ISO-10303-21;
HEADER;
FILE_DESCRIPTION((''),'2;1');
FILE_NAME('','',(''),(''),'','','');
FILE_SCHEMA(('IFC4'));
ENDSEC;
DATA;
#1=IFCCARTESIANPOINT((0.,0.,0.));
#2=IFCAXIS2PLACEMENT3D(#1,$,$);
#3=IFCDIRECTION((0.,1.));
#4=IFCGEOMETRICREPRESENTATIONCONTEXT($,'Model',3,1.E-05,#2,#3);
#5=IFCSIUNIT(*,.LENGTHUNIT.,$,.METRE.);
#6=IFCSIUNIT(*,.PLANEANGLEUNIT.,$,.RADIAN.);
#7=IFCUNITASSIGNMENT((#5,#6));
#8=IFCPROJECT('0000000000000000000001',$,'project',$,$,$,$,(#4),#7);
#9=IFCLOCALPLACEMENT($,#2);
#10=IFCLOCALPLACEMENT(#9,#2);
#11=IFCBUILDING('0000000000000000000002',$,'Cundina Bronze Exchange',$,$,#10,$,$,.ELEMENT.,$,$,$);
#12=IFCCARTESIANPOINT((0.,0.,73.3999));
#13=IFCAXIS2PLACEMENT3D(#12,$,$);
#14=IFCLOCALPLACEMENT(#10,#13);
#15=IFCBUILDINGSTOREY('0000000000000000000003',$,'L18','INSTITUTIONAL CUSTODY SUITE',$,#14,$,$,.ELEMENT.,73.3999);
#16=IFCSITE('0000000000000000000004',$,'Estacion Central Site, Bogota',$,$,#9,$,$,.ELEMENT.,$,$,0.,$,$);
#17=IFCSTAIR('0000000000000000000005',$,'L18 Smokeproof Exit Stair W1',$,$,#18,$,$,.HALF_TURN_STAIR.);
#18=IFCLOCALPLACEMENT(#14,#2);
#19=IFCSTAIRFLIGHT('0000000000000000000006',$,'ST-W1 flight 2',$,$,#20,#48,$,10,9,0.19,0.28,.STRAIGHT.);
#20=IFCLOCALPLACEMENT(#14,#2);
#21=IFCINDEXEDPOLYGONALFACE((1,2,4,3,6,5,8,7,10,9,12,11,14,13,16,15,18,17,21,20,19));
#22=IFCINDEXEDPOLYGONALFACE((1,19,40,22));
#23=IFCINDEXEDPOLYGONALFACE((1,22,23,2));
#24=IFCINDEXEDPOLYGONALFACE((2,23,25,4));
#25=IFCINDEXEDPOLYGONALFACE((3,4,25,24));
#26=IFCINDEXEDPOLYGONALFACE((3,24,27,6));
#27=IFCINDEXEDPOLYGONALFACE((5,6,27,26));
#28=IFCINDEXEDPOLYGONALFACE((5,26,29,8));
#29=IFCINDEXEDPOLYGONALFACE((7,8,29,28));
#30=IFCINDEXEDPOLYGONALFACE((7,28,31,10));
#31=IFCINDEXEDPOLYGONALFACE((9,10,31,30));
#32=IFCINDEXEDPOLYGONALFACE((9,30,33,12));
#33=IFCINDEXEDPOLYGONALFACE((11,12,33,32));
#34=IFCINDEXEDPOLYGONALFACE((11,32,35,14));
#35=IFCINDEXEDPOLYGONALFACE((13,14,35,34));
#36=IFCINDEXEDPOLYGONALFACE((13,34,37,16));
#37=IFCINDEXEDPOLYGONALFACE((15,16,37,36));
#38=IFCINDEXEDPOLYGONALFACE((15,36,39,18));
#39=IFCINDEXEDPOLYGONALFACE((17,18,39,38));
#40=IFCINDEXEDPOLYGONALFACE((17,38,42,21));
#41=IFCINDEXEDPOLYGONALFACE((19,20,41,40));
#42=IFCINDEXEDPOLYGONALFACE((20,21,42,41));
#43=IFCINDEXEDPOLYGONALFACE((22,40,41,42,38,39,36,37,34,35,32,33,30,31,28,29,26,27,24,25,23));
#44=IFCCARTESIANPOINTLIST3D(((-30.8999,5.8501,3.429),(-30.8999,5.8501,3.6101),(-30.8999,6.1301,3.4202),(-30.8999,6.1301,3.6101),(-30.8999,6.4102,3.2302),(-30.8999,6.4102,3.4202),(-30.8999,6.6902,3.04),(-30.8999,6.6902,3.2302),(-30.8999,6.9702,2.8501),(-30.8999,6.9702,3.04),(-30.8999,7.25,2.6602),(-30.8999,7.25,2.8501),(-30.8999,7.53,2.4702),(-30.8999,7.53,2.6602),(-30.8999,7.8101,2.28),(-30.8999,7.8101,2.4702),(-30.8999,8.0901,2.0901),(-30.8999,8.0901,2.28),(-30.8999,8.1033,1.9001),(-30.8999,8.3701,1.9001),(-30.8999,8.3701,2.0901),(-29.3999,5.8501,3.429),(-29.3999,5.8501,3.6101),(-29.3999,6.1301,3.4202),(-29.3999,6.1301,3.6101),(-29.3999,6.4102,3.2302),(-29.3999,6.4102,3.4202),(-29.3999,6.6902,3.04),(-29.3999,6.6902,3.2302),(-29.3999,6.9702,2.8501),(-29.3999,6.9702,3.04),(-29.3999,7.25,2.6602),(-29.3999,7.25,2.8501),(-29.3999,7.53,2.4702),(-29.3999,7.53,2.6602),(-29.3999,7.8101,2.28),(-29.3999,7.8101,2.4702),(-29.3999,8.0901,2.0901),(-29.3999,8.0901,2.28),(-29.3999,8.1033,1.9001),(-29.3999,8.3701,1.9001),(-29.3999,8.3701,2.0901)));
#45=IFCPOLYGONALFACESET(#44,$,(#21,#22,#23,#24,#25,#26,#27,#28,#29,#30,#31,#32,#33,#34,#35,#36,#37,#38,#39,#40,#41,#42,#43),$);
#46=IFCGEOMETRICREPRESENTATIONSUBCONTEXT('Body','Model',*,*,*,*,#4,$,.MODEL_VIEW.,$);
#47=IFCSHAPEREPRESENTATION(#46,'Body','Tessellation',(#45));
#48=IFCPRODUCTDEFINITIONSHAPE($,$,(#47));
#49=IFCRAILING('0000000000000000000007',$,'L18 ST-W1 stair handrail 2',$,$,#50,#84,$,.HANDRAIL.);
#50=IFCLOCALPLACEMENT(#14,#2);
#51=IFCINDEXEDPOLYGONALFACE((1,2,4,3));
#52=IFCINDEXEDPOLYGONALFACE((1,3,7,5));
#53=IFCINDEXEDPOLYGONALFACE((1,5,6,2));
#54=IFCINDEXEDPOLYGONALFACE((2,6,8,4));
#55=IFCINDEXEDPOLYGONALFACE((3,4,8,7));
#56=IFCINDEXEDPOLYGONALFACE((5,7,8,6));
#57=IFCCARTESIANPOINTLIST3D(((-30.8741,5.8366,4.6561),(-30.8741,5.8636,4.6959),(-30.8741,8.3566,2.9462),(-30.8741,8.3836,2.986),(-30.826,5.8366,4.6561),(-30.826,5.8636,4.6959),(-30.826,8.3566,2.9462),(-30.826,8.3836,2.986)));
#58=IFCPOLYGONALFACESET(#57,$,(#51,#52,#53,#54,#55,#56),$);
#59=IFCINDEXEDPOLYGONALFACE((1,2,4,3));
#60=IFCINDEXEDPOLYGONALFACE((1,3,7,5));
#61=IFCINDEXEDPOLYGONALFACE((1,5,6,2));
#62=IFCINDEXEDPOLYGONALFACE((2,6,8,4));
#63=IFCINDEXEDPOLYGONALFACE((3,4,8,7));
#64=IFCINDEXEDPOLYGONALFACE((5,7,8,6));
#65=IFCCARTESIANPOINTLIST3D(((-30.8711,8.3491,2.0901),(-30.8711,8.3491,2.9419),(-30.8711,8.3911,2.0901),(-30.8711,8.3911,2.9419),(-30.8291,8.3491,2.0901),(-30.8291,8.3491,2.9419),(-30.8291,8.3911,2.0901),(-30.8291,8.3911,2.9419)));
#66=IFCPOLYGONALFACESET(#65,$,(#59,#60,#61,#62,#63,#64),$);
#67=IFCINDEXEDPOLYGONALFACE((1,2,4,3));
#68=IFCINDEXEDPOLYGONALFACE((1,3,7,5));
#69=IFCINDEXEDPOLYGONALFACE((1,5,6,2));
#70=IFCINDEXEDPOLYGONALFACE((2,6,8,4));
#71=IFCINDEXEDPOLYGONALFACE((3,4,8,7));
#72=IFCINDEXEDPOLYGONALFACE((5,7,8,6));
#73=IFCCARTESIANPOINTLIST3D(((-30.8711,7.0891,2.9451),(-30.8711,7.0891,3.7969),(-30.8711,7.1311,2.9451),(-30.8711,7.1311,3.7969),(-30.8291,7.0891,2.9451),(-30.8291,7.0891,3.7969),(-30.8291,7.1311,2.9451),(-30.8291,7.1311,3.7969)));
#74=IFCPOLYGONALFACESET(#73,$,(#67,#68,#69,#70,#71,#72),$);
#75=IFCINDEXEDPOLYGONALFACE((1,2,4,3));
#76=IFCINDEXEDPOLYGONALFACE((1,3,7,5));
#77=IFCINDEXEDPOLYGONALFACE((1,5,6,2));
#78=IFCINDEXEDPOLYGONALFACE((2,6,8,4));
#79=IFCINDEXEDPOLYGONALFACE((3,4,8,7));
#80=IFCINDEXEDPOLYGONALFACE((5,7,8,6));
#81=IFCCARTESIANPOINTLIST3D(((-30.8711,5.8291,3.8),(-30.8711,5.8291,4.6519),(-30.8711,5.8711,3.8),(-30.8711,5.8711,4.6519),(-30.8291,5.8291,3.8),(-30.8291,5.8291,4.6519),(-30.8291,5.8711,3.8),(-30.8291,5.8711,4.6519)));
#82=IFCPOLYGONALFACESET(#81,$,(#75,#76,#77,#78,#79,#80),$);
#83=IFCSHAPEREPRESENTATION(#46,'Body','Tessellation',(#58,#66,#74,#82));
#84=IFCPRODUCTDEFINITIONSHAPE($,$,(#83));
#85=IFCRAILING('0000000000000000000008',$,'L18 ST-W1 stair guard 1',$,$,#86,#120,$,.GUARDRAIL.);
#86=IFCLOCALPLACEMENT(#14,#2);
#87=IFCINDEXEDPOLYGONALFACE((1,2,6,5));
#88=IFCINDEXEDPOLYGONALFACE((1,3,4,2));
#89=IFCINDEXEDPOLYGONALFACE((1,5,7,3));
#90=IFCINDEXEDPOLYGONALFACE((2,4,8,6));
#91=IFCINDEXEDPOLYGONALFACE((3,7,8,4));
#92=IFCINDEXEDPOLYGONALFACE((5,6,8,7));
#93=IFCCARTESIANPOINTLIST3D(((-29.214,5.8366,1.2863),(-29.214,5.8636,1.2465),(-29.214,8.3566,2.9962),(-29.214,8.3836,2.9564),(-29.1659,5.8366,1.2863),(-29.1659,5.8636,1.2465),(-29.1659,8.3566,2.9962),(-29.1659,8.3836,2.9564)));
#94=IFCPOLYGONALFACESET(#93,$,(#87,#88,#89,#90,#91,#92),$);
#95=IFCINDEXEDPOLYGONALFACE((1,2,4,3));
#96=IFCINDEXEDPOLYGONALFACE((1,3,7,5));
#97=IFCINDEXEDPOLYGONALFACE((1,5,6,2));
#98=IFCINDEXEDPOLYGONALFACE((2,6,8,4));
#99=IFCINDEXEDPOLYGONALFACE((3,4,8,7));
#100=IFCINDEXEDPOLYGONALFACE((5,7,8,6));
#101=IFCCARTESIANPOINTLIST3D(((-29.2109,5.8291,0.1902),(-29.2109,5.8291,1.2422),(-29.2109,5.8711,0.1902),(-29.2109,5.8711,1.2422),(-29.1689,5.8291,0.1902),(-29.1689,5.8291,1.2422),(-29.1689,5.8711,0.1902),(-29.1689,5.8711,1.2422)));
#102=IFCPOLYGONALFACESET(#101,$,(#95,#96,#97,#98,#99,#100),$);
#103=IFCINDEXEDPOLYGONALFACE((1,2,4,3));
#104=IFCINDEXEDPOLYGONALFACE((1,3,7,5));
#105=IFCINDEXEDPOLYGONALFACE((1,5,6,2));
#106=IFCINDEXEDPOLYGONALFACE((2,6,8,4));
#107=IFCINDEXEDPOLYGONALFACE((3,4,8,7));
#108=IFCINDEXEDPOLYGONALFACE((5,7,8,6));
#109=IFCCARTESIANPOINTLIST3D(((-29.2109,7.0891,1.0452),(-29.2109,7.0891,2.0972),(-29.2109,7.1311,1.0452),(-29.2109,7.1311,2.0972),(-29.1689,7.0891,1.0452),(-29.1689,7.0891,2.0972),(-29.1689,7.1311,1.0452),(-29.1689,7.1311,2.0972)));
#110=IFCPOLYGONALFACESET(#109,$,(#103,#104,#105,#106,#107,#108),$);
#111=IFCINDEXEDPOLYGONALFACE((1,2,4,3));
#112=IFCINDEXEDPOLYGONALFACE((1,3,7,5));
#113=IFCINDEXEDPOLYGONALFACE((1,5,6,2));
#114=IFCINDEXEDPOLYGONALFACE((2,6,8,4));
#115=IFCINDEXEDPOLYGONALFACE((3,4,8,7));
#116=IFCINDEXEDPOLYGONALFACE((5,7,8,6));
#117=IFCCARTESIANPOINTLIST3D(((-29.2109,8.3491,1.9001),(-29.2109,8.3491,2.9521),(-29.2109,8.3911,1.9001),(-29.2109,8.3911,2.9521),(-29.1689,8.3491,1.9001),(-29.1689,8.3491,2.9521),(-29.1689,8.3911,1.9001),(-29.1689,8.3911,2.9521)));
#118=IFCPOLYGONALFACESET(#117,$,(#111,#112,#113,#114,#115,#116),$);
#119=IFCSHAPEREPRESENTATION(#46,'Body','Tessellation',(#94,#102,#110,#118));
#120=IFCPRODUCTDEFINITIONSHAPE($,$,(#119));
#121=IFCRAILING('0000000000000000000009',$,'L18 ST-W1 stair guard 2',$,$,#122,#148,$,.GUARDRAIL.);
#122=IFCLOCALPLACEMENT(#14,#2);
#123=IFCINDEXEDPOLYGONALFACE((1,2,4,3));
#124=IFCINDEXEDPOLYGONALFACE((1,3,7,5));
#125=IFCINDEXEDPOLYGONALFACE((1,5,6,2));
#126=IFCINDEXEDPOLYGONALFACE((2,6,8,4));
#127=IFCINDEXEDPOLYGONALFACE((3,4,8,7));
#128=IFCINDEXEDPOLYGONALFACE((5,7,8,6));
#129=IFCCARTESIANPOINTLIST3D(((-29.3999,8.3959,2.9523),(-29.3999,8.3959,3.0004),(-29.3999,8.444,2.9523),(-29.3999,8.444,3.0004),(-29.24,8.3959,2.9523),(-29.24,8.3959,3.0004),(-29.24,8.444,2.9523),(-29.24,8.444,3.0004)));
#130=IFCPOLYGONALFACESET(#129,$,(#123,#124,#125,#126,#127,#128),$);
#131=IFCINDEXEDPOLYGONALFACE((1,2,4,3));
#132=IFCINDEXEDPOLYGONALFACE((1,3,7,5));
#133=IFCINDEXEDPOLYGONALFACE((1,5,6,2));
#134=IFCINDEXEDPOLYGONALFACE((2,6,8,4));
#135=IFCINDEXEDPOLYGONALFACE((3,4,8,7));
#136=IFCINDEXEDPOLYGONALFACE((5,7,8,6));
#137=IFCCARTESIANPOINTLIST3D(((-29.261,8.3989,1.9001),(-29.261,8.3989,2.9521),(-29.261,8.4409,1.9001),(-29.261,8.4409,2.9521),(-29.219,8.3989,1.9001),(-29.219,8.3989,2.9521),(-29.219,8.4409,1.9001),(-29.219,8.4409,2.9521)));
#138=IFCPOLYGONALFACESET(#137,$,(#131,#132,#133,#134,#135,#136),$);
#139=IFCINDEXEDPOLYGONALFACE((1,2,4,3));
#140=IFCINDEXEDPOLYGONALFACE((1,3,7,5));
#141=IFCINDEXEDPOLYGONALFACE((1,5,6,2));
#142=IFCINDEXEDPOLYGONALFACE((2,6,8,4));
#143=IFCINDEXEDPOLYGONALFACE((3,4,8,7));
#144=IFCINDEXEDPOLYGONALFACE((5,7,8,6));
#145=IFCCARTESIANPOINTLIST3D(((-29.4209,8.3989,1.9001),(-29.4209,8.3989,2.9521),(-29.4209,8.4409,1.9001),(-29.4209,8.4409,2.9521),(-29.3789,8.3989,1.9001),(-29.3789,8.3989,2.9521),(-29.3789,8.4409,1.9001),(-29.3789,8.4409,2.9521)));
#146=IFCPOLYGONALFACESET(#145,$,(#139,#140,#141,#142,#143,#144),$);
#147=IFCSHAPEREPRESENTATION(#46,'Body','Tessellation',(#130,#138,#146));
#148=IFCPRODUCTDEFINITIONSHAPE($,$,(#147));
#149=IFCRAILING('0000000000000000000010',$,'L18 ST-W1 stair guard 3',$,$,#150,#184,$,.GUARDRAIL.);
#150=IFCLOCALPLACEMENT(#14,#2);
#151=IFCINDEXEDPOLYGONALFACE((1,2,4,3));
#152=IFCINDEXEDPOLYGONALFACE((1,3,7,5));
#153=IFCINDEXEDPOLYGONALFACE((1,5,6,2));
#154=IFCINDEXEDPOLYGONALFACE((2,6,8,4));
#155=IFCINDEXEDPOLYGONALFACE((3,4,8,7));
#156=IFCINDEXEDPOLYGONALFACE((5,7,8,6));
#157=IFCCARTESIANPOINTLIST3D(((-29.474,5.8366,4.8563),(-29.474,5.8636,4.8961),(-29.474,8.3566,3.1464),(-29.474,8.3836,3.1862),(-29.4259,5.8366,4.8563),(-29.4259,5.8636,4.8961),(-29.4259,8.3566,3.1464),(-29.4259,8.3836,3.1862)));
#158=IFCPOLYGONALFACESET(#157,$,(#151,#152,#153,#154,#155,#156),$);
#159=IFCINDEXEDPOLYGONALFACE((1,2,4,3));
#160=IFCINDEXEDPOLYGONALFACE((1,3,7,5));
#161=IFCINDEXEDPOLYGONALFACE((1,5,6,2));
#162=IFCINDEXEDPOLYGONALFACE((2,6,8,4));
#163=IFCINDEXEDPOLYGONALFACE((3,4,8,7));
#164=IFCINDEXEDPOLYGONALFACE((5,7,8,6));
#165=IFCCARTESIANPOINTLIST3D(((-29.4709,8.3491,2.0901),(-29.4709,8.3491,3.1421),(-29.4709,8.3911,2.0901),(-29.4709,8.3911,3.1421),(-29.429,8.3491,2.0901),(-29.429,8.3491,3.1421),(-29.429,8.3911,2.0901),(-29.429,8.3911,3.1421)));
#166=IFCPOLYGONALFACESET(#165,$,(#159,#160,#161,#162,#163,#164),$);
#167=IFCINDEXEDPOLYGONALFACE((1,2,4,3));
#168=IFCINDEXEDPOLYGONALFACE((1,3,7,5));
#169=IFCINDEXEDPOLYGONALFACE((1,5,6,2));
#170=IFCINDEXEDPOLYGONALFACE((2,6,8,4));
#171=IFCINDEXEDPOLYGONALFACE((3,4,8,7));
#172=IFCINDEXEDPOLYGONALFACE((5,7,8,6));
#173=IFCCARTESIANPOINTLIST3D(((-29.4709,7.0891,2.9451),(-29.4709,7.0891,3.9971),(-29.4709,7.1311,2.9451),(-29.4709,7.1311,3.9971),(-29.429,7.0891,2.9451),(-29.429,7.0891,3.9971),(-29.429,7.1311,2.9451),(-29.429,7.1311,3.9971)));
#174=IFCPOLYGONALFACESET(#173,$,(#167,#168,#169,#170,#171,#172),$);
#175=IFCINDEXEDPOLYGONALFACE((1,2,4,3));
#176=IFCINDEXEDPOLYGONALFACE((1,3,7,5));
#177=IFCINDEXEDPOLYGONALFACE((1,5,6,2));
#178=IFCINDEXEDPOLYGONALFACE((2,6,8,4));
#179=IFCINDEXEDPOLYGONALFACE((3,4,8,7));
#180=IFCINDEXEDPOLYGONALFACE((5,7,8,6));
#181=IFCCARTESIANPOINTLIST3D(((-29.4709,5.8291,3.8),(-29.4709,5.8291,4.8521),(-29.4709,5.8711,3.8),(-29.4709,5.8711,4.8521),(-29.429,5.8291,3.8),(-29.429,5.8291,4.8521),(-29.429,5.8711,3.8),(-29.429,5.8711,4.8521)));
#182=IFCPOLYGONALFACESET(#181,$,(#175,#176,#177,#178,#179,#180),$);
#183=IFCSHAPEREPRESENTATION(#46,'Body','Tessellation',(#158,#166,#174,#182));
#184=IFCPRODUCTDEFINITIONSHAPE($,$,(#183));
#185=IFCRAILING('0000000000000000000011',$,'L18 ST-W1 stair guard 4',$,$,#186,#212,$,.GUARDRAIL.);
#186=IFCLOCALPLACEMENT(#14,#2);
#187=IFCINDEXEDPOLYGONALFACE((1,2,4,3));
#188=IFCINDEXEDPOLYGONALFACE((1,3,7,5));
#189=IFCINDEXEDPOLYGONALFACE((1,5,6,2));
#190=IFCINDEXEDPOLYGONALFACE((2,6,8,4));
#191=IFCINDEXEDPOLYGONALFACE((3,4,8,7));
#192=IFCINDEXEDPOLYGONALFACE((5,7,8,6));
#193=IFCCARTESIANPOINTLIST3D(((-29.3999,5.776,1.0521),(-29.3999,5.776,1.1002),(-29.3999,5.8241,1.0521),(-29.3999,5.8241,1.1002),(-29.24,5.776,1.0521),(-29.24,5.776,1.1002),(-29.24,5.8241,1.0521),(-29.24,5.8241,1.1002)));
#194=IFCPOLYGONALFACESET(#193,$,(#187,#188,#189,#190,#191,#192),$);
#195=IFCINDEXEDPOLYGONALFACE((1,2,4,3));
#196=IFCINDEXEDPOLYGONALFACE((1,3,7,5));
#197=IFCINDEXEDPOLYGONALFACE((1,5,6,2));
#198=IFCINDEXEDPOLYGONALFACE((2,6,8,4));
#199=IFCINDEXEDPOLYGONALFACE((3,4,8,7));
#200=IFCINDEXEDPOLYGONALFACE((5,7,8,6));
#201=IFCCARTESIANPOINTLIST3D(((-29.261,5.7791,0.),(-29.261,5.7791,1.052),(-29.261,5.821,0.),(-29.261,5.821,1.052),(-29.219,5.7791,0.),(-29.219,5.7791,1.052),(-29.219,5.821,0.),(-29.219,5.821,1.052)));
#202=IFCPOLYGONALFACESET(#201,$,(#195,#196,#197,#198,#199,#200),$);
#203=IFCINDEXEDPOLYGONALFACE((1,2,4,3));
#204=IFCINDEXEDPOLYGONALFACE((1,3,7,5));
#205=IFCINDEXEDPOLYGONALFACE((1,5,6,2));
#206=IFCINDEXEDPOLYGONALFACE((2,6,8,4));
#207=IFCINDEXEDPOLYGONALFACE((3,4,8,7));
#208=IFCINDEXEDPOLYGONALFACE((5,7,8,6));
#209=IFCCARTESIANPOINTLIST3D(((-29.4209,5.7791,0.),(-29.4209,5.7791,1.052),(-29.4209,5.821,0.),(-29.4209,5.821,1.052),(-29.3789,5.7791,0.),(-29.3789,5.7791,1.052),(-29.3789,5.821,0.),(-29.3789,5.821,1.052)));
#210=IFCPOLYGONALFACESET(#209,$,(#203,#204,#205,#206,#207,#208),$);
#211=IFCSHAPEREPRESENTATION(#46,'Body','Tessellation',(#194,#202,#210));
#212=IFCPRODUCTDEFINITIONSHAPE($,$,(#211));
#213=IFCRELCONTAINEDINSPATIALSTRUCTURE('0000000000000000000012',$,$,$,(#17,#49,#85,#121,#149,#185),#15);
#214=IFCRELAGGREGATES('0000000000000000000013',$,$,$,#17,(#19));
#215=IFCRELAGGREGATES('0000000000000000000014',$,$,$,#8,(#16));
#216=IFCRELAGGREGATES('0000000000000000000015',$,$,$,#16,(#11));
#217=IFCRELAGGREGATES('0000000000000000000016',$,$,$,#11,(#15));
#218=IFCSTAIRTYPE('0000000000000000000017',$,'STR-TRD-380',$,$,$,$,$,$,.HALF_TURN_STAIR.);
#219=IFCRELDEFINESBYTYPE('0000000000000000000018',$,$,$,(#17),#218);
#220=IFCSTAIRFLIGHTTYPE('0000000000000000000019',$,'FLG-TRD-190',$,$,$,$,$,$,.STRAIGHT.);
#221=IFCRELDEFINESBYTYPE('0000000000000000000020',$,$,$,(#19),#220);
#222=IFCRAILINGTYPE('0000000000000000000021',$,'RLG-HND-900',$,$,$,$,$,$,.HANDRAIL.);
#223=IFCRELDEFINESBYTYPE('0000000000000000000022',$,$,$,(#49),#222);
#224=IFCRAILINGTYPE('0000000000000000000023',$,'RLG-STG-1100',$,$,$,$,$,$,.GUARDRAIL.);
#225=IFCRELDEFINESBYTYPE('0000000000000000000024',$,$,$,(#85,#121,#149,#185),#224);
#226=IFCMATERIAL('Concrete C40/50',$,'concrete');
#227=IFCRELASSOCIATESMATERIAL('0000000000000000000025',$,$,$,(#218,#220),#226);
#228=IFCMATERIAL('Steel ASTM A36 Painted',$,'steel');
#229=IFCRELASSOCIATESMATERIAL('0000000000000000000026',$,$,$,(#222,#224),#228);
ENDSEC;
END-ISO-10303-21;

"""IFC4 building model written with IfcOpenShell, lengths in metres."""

from ifc_helpers import new_model, si_unit, direction, frame, origin, origin_2d, place, context, subcontext, project, spatial, polyline, rectangle, outline, extrude, material, type_object, element, aggregate, save


model = new_model("IFC4")

# Units and contexts
model_context = context("Model", 3, precision=1e-05, world=origin(), true_north=direction((0.0, 1.0)))
body_context = subcontext(model_context, "Body", "Model", "MODEL_VIEW")
ifc_project = project(units=[si_unit("LENGTHUNIT", "METRE"), si_unit("PLANEANGLEUNIT", "RADIAN")], contexts=[model_context])

# Site, building, storey
site_placement = place(None, origin())
site = spatial("IfcSite", under=ifc_project, at=site_placement, Name="Estacion Central Site, Bogota", CompositionType="ELEMENT", RefElevation=0.0)
building_placement = place(site_placement, origin())
building = spatial("IfcBuilding", under=site, at=building_placement, Name="Cundina Bronze Exchange", CompositionType="ELEMENT")
storey_placement = place(building_placement, frame((0.0, 0.0, 73.3999)))
storey = spatial("IfcBuildingStorey", under=building, at=storey_placement, Name="L18", Description="INSTITUTIONAL CUSTODY SUITE", CompositionType="ELEMENT", Elevation=73.3999)

# Shared definitions
ifc_material_1 = material(Name="Steel ASTM A36 Painted", Category="steel")

# Stair, stair flight
ifc_material_2 = material(Name="Concrete C40/50", Category="concrete")
stair_type = type_object("IfcStairType", Name="STR-TRD-380", PredefinedType="HALF_TURN_STAIR", material=ifc_material_2)
stair_placement = place(storey_placement, origin())
stair = element("IfcStair", 1, at=stair_placement, inside=storey, type_object=stair_type, Name="L18 Smokeproof Exit Stair W1", PredefinedType="HALF_TURN_STAIR")
stair_flight_type = type_object("IfcStairFlightType", Name="FLG-TRD-190", PredefinedType="STRAIGHT", material=ifc_material_2)
stair_flight_1_placement = place(storey_placement, frame((-30.1499, 8.3701, 1.9001), z_axis=(0.0, 0.0, 1.0), x_axis=(0.0, -1.0, 0.0)))
stair_flight_1 = element("IfcStairFlight", 2, at=stair_flight_1_placement, type_object=stair_flight_type, Name="ST-W1 flight 2", NumberOfRisers=10, NumberOfTreads=9, PredefinedType="STRAIGHT", RiserHeight=0.19, TreadLength=0.28, context=body_context, shape_type="SweptSolid", body=[
    extrude(outline(polyline([(0.0, 0.0), (0.0, 0.1899), (0.28, 0.1899), (0.28, 0.3799), (0.5601, 0.3799), (0.5601, 0.5701), (0.8401, 0.5701), (0.8401, 0.76), (1.1201, 0.76), (1.1201, 0.95), (1.3999, 0.95), (1.3999, 1.1399), (1.6799, 1.1399), (1.6799, 1.3301), (1.96, 1.3301), (1.96, 1.52), (2.24, 1.52), (2.24, 1.71), (2.52, 1.71), (2.52, 1.8999), (2.52, 1.5288), (0.2668, 0.0), (0.0, 0.0)])), frame((0.0, 0.75, 0.0), z_axis=(0.0, -1.0, 0.0), x_axis=(1.0, 0.0, 0.0)), (0.0, 0.0, 1.0), 1.5),
])
aggregate(stair, [stair_flight_1])

# Railings
railing_type_1 = type_object("IfcRailingType", Name="RLG-HND-900", PredefinedType="HANDRAIL", material=ifc_material_1)
railing_1_placement = place(storey_placement, frame((-30.8501, 8.3701, 2.0901)))
element("IfcRailing", 3, at=railing_1_placement, inside=storey, type_object=railing_type_1, Name="L18 ST-W1 stair handrail 2", PredefinedType="HANDRAIL", context=body_context, shape_type="SweptSolid", body=[
    extrude(rectangle(XDim=0.0481, YDim=0.0481, at=origin_2d()), frame((0.0, 0.0, 0.876), z_axis=(0.0, -0.827484, 0.56149), x_axis=(1.0, 0.0, 0.0)), (0.0, 0.0, 1.0), 3.0454),
    extrude(rectangle(XDim=0.042, YDim=0.042, at=origin_2d()), origin(), (0.0, 0.0, 1.0), 0.8518),
    extrude(rectangle(XDim=0.042, YDim=0.042, at=origin_2d()), frame((0.0, -1.26, 0.855)), (0.0, 0.0, 1.0), 0.8518),
    extrude(rectangle(XDim=0.042, YDim=0.042, at=origin_2d()), frame((0.0, -2.52, 1.71)), (0.0, 0.0, 1.0), 0.8518),
])
railing_type_2 = type_object("IfcRailingType", Name="RLG-STG-1100", PredefinedType="GUARDRAIL", material=ifc_material_1)
railing_2_placement = place(storey_placement, frame((-29.1899, 5.8501, 0.1902)))
element("IfcRailing", 4, at=railing_2_placement, inside=storey, type_object=railing_type_2, Name="L18 ST-W1 stair guard 1", PredefinedType="GUARDRAIL", context=body_context, shape_type="SweptSolid", body=[
    extrude(rectangle(XDim=0.0481, YDim=0.0481, at=origin_2d()), frame((0.0, 0.0, 1.0762), z_axis=(0.0, 0.827484, 0.56149), x_axis=(-1.0, 0.0, 0.0)), (0.0, 0.0, 1.0), 3.0454),
    extrude(rectangle(XDim=0.042, YDim=0.042, at=origin_2d()), origin(), (0.0, 0.0, 1.0), 1.052),
    extrude(rectangle(XDim=0.042, YDim=0.042, at=origin_2d()), frame((0.0, 1.26, 0.855)), (0.0, 0.0, 1.0), 1.052),
    extrude(rectangle(XDim=0.042, YDim=0.042, at=origin_2d()), frame((0.0, 2.52, 1.71)), (0.0, 0.0, 1.0), 1.052),
])
railing_3_placement = place(storey_placement, frame((-29.24, 8.4199, 1.9001)))
element("IfcRailing", 5, at=railing_3_placement, inside=storey, type_object=railing_type_2, Name="L18 ST-W1 stair guard 2", PredefinedType="GUARDRAIL", context=body_context, shape_type="SweptSolid", body=[
    extrude(rectangle(XDim=0.0481, YDim=0.0481, at=origin_2d()), frame((0.0, 0.0, 1.0762), z_axis=(-1.0, 0.0, 0.0), x_axis=(0.0, -1.0, 0.0)), (0.0, 0.0, 1.0), 0.1599),
    extrude(rectangle(XDim=0.042, YDim=0.042, at=origin_2d()), origin(), (0.0, 0.0, 1.0), 1.052),
    extrude(rectangle(XDim=0.042, YDim=0.042, at=origin_2d()), frame((-0.1599, 0.0, 0.0)), (0.0, 0.0, 1.0), 1.052),
])
railing_4_placement = place(storey_placement, frame((-29.45, 8.3701, 2.0901)))
element("IfcRailing", 6, at=railing_4_placement, inside=storey, type_object=railing_type_2, Name="L18 ST-W1 stair guard 3", PredefinedType="GUARDRAIL", context=body_context, shape_type="SweptSolid", body=[
    extrude(rectangle(XDim=0.0481, YDim=0.0481, at=origin_2d()), frame((0.0, 0.0, 1.0762), z_axis=(0.0, -0.827484, 0.56149), x_axis=(1.0, 0.0, 0.0)), (0.0, 0.0, 1.0), 3.0454),
    extrude(rectangle(XDim=0.042, YDim=0.042, at=origin_2d()), origin(), (0.0, 0.0, 1.0), 1.052),
    extrude(rectangle(XDim=0.042, YDim=0.042, at=origin_2d()), frame((0.0, -1.26, 0.855)), (0.0, 0.0, 1.0), 1.052),
    extrude(rectangle(XDim=0.042, YDim=0.042, at=origin_2d()), frame((0.0, -2.52, 1.71)), (0.0, 0.0, 1.0), 1.052),
])
railing_5_placement = place(storey_placement, frame((-29.24, 5.8, 0.0)))
element("IfcRailing", 7, at=railing_5_placement, inside=storey, type_object=railing_type_2, Name="L18 ST-W1 stair guard 4", PredefinedType="GUARDRAIL", context=body_context, shape_type="SweptSolid", body=[
    extrude(rectangle(XDim=0.0481, YDim=0.0481, at=origin_2d()), frame((0.0, 0.0, 1.0762), z_axis=(-1.0, 0.0, 0.0), x_axis=(0.0, -1.0, 0.0)), (0.0, 0.0, 1.0), 0.1599),
    extrude(rectangle(XDim=0.042, YDim=0.042, at=origin_2d()), origin(), (0.0, 0.0, 1.0), 1.052),
    extrude(rectangle(XDim=0.042, YDim=0.042, at=origin_2d()), frame((-0.1599, 0.0, 0.0)), (0.0, 0.0, 1.0), 1.052),
])

save(model, "model.ifc")
